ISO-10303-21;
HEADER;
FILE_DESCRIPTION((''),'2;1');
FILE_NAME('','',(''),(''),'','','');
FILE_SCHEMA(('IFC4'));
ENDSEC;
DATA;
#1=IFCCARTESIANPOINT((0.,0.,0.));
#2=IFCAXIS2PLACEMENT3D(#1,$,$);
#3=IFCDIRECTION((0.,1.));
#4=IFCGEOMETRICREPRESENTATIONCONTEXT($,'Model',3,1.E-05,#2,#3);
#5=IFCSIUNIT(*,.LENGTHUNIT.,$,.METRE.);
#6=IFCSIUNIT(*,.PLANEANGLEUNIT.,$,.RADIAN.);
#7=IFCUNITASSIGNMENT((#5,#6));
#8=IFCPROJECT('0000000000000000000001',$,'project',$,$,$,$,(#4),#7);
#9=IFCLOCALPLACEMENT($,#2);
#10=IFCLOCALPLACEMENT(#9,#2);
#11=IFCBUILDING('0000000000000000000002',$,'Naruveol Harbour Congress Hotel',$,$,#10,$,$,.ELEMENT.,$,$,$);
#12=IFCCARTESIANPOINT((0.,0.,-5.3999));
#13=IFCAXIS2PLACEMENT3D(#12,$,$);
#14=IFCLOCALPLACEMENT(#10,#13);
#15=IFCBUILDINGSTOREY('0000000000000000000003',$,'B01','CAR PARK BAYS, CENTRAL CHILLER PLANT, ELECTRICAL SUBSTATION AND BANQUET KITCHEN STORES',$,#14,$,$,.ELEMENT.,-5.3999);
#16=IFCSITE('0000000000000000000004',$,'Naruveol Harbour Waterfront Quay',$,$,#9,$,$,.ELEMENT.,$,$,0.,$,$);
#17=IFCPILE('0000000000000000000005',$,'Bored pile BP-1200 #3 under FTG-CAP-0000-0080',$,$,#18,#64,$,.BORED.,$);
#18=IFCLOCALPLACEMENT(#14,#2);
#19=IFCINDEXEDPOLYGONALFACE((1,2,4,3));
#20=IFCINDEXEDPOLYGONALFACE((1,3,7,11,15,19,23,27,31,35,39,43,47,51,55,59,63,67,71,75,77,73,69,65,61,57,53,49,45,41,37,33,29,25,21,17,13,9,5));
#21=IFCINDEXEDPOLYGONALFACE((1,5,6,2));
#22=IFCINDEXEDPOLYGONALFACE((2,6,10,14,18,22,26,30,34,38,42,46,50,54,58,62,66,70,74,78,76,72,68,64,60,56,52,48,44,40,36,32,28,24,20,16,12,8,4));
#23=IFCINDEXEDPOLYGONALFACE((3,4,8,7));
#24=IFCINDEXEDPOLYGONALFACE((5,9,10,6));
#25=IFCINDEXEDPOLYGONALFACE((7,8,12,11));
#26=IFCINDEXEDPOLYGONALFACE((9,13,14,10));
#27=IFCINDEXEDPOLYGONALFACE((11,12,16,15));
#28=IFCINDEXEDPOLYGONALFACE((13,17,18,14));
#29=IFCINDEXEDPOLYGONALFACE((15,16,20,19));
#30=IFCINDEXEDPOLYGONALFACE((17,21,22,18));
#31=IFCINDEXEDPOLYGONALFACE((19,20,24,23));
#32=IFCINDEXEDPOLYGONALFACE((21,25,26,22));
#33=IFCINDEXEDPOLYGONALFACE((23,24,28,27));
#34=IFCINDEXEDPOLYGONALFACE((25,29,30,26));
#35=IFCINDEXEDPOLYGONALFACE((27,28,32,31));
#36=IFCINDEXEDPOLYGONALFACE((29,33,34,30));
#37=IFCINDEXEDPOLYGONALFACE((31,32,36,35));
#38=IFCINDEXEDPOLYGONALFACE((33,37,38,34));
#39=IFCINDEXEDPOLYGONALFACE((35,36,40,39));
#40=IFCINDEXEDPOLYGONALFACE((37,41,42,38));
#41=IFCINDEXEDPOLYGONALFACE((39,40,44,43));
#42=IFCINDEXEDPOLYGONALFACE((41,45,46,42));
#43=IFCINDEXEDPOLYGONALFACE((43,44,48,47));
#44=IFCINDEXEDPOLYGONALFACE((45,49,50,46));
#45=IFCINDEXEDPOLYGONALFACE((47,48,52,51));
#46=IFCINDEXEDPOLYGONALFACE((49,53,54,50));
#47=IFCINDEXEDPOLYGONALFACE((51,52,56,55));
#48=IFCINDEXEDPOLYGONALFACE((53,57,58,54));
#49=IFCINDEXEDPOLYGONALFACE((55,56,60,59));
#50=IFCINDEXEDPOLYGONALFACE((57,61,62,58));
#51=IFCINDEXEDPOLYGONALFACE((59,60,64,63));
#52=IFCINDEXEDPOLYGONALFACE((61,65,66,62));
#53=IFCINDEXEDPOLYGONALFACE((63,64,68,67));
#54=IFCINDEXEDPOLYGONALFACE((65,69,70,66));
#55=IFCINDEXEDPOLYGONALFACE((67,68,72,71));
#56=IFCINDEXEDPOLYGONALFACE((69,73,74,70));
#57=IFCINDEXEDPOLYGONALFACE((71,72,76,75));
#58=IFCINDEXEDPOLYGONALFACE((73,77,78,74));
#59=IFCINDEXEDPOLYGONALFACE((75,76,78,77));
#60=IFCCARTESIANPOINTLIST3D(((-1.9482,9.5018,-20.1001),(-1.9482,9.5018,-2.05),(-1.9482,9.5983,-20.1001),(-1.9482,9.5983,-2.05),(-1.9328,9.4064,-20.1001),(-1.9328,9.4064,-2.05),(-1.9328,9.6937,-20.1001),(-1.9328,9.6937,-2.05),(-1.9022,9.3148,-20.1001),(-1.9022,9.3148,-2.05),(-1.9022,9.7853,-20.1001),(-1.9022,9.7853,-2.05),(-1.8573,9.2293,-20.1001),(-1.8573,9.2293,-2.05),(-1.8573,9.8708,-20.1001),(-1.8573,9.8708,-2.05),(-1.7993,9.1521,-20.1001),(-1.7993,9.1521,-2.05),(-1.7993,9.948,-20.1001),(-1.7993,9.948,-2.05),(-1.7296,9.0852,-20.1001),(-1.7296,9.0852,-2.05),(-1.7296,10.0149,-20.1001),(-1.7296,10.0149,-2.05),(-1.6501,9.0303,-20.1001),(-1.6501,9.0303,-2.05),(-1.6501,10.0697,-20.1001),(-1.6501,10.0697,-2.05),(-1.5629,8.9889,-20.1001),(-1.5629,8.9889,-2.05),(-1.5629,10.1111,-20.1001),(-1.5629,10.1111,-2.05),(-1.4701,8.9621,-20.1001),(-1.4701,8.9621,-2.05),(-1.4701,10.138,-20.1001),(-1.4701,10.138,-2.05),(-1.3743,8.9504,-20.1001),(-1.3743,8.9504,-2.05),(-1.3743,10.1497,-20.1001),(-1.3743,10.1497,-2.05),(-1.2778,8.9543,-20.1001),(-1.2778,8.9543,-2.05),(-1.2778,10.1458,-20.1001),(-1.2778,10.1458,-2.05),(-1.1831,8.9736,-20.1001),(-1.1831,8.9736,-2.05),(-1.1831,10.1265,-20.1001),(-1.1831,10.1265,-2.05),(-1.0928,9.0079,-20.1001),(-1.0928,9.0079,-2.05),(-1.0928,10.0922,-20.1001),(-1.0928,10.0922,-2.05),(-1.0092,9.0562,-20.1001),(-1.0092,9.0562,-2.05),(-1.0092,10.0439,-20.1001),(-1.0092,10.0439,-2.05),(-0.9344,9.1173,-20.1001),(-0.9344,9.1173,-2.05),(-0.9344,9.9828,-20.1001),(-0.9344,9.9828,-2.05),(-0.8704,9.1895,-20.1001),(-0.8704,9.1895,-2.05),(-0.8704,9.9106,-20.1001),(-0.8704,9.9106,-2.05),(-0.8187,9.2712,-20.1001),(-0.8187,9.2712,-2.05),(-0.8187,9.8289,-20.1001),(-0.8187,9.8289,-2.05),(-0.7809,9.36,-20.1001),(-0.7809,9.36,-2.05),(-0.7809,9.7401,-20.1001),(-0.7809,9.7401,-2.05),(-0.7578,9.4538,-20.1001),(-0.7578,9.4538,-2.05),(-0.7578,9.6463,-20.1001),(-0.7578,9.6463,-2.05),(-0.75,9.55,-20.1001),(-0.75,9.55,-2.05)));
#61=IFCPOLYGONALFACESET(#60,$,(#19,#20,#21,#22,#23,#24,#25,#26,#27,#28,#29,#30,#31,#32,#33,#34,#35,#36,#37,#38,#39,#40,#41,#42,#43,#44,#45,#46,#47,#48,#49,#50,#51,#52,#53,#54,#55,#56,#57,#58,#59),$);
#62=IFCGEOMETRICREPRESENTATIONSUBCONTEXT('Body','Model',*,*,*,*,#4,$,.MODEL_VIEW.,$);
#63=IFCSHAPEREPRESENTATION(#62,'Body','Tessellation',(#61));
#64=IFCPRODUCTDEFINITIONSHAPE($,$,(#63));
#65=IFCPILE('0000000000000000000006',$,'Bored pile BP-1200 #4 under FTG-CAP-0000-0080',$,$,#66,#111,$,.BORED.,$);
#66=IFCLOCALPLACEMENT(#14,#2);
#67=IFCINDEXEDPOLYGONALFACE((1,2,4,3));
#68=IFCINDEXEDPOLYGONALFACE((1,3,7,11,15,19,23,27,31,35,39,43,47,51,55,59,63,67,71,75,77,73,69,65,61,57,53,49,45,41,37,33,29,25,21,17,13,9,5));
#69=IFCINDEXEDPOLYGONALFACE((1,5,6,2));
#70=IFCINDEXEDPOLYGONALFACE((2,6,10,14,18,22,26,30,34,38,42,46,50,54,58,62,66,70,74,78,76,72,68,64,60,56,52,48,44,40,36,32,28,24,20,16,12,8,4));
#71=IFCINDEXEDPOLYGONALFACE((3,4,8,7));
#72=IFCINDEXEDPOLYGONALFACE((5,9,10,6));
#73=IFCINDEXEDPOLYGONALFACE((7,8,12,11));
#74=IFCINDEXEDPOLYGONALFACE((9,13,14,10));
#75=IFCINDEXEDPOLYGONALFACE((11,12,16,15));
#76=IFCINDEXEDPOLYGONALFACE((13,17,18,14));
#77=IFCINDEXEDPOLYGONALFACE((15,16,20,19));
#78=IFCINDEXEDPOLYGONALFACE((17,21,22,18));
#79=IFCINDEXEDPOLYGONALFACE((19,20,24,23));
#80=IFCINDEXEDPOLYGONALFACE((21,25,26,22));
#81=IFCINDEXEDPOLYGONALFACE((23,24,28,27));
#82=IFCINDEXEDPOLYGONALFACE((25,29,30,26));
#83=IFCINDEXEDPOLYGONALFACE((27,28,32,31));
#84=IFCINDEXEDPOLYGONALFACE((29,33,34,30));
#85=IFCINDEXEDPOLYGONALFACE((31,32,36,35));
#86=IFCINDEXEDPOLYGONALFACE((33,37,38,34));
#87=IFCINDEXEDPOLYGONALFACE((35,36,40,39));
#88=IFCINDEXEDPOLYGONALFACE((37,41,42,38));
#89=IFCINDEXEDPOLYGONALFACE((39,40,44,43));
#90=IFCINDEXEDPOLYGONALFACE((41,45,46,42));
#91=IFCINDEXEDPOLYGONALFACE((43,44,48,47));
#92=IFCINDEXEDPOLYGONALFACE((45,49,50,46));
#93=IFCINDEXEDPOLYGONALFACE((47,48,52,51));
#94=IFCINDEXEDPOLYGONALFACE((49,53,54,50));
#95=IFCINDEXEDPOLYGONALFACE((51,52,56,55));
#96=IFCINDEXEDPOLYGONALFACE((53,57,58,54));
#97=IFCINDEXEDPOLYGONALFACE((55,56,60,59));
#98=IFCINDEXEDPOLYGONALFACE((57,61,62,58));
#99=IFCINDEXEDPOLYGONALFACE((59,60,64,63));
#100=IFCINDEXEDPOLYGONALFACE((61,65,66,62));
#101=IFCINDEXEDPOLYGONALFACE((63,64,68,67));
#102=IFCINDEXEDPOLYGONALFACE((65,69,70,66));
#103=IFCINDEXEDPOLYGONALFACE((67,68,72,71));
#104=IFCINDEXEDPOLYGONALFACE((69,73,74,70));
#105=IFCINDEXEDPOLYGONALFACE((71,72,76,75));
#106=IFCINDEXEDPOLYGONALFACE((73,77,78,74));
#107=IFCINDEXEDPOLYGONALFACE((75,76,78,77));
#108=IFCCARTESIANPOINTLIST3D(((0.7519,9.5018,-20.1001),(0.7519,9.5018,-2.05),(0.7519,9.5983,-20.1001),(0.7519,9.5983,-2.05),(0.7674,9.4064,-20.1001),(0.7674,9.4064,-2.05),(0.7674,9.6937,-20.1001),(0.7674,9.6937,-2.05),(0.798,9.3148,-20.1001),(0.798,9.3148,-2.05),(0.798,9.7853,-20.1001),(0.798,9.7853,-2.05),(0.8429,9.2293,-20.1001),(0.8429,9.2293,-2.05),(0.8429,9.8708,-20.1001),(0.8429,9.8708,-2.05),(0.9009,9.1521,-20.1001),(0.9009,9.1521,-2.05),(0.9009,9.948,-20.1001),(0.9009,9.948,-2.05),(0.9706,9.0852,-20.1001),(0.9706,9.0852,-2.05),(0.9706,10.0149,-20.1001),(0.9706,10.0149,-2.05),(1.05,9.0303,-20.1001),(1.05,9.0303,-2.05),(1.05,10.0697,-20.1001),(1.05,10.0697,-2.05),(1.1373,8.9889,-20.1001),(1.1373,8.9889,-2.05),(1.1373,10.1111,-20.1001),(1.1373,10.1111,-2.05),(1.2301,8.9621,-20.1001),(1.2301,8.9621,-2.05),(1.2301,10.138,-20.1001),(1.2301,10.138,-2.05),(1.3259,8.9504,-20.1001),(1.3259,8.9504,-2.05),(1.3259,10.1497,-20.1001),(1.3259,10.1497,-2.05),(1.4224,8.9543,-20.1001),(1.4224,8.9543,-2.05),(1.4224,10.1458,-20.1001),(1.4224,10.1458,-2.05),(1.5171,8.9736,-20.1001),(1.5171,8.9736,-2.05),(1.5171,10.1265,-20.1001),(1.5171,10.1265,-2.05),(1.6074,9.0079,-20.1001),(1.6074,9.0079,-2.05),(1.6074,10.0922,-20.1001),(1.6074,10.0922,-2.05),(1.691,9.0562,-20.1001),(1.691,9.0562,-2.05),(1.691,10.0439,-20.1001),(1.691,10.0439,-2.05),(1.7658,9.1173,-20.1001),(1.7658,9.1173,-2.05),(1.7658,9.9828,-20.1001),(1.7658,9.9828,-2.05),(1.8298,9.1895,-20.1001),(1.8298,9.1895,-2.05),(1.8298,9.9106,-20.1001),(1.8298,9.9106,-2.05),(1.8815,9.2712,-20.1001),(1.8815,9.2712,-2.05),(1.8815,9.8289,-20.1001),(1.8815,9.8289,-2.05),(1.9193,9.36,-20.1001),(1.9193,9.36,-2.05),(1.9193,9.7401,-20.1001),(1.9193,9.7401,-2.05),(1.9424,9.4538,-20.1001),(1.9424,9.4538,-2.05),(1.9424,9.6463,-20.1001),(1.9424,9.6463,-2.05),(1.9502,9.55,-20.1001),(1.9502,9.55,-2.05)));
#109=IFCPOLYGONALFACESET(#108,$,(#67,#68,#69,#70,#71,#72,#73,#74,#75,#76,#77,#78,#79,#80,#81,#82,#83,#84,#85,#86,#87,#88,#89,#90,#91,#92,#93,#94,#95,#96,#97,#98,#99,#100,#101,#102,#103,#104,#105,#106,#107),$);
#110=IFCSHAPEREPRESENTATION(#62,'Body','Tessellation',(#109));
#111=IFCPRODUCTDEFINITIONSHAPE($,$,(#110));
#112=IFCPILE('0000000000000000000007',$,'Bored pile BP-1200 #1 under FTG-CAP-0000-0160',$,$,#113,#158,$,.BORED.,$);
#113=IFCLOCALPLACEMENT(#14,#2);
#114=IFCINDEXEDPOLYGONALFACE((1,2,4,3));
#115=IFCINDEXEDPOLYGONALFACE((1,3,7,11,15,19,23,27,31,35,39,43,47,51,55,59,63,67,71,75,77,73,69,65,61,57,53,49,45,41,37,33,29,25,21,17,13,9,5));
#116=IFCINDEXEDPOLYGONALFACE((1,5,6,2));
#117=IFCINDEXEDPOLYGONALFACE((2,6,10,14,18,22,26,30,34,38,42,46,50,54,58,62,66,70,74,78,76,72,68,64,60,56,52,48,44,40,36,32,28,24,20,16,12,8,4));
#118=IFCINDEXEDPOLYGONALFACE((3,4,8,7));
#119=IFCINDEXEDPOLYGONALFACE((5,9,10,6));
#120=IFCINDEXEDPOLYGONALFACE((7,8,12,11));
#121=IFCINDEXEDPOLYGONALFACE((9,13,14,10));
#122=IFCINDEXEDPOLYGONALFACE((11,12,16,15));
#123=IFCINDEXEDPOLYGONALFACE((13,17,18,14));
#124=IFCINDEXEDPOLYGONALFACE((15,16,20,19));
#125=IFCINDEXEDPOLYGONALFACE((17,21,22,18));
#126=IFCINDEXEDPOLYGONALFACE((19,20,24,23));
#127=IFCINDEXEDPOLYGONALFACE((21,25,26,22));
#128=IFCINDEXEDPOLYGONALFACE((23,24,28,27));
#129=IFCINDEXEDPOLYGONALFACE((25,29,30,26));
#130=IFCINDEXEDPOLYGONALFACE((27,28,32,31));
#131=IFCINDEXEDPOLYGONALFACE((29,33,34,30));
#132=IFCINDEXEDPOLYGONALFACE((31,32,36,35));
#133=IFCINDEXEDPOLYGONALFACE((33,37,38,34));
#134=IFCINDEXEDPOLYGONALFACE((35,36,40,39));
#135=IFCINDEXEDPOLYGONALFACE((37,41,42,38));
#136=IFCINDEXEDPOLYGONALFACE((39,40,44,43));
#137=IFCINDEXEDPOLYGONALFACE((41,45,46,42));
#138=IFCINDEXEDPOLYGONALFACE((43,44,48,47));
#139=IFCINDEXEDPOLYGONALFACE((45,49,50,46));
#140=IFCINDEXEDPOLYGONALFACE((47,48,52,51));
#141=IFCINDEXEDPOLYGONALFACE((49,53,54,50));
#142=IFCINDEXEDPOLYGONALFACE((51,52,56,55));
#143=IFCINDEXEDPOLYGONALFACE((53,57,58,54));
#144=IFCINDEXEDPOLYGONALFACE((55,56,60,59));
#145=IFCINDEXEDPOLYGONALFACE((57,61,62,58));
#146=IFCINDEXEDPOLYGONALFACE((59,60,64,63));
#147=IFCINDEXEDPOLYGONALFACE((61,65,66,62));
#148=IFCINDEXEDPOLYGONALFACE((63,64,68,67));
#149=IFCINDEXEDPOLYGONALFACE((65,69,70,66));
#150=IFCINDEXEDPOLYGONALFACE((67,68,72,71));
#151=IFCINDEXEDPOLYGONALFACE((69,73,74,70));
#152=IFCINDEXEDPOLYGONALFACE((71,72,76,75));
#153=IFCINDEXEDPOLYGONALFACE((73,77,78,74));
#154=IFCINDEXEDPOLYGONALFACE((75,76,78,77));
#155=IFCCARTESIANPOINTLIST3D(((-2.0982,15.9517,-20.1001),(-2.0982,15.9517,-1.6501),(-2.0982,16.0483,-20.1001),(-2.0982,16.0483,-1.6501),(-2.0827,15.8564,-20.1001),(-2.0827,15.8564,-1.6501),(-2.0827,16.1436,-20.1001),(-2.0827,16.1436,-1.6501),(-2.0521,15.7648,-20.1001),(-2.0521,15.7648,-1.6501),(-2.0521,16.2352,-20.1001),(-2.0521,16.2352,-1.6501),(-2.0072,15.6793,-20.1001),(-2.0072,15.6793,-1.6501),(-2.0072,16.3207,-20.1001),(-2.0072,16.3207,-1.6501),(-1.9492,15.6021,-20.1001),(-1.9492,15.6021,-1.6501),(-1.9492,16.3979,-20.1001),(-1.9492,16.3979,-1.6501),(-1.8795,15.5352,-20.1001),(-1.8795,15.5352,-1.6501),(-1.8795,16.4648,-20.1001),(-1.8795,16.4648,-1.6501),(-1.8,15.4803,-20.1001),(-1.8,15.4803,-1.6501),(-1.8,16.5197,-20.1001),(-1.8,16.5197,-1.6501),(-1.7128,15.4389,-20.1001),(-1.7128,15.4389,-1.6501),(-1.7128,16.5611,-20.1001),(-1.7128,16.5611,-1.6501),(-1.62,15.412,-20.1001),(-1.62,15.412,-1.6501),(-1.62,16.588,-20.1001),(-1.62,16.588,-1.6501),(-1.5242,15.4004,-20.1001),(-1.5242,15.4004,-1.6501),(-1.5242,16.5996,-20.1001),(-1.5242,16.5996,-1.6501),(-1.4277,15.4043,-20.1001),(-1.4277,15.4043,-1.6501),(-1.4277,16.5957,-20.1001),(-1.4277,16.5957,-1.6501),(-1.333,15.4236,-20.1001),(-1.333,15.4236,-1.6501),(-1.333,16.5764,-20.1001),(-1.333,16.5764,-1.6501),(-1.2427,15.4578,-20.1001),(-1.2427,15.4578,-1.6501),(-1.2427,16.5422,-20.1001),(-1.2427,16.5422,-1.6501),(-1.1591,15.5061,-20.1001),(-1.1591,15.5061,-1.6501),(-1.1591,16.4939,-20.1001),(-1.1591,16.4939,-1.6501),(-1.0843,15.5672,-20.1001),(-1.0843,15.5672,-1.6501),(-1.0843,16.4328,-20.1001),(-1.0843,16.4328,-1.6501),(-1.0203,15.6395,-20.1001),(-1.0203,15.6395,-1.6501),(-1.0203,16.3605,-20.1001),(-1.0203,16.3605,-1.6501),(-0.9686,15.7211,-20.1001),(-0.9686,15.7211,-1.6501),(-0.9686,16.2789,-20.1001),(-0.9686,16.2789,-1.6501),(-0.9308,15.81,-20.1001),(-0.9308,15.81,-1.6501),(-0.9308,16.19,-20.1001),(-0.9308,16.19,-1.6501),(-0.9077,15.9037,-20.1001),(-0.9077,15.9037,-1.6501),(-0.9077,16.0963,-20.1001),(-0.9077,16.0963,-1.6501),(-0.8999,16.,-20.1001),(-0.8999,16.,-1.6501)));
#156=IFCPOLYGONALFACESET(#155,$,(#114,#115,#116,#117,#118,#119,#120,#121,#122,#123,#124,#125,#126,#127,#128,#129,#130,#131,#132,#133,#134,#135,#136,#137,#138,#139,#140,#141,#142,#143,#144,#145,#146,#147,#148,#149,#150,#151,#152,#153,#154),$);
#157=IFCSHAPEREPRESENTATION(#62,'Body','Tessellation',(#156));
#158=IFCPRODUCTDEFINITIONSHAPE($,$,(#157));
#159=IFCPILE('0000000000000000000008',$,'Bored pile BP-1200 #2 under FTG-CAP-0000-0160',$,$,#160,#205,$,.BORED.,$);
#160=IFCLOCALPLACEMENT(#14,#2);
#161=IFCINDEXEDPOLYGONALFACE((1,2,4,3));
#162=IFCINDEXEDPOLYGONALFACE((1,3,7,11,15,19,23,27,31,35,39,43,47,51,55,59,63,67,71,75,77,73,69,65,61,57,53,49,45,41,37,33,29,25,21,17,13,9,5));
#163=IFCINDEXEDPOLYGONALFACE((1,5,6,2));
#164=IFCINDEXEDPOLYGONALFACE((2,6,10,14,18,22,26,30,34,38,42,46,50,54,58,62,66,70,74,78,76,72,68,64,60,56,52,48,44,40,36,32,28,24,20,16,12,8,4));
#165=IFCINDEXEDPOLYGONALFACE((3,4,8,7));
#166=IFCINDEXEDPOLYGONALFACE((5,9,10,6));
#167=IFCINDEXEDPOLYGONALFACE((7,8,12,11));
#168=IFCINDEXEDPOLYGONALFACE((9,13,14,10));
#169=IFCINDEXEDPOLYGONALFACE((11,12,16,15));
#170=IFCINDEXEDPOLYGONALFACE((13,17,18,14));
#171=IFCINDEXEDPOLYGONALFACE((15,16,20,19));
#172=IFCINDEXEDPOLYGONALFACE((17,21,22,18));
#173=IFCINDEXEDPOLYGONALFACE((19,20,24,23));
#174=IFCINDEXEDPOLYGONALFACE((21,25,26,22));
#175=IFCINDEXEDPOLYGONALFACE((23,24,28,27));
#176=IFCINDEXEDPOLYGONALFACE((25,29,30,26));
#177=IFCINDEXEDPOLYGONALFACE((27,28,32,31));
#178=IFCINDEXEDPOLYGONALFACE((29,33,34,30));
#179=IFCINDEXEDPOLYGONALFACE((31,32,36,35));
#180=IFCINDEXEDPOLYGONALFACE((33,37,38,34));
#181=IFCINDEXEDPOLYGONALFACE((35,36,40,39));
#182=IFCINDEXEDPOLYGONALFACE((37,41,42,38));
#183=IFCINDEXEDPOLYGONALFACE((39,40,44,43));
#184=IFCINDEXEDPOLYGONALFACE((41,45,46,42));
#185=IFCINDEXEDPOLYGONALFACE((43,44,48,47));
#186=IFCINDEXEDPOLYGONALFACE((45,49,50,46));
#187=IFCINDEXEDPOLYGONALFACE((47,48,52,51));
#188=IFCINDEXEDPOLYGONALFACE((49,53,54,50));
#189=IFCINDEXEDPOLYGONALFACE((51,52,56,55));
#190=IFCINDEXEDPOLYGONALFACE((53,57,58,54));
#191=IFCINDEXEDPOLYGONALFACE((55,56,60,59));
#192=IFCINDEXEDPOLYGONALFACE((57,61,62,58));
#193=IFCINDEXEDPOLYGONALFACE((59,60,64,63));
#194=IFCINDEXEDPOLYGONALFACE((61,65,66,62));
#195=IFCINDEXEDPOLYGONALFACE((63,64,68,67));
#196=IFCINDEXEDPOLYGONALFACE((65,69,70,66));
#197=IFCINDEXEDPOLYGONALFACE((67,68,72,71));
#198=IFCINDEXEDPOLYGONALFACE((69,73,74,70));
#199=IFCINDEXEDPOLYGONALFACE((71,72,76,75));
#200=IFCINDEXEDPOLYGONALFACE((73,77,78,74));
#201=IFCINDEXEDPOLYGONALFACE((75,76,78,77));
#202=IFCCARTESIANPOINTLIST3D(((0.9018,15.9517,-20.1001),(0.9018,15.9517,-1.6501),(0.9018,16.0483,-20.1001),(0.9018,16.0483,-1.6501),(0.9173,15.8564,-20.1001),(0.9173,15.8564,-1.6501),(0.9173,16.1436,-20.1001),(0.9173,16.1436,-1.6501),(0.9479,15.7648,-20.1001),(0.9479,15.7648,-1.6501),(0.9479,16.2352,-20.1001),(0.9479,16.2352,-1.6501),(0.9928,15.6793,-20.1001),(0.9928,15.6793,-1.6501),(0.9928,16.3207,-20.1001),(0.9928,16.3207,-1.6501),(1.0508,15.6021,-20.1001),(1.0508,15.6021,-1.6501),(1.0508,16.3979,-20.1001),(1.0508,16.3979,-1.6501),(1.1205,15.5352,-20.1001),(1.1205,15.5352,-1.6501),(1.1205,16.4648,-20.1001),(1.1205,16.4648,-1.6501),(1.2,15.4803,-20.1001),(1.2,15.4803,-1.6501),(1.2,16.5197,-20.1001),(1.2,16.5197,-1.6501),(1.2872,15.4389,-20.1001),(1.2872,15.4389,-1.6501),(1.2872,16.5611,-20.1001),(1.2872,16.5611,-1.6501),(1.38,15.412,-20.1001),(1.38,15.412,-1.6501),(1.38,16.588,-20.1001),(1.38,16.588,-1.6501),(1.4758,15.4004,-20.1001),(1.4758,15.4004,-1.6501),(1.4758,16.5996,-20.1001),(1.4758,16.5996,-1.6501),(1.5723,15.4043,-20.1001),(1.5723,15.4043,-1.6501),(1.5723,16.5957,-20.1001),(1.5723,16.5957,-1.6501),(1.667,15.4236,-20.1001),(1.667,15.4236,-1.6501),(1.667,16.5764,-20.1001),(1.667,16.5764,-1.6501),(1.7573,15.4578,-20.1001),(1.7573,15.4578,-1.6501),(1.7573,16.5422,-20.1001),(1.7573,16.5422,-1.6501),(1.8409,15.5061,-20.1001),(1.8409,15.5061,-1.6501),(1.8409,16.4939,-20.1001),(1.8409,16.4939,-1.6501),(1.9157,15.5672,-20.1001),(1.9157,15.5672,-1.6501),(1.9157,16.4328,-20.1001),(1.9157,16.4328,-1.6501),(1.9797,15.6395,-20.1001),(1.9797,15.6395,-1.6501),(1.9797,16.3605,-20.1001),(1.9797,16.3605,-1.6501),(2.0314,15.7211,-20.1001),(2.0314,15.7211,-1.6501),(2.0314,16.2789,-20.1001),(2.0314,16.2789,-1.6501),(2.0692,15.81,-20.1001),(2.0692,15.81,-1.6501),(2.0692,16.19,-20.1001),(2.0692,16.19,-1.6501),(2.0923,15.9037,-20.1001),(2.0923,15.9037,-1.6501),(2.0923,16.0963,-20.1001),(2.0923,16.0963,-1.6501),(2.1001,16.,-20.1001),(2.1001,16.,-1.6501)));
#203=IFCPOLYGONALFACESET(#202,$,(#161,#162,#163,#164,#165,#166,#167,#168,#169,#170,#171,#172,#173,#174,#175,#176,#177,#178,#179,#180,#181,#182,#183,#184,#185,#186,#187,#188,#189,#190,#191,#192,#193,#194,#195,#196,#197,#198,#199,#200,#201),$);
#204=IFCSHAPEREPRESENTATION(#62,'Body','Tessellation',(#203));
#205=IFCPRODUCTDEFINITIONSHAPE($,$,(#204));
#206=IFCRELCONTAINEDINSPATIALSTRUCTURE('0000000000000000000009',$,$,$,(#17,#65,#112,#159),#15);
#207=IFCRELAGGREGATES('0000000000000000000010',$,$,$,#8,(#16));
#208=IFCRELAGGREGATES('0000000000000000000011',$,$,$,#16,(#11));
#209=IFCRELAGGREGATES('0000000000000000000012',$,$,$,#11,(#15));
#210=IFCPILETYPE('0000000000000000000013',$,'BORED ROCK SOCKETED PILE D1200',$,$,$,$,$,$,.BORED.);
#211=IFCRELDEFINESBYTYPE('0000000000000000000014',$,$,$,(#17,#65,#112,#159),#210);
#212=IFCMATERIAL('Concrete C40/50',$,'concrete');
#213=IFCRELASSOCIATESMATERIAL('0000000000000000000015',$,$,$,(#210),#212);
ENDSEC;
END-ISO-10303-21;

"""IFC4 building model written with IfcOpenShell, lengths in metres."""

from ifc_helpers import new_model, si_unit, direction, frame, origin, origin_2d, place, context, subcontext, project, spatial, circle, extrude, material, material_profile, profile_set, type_object, element, save


model = new_model("IFC4")

# Units and contexts
model_context = context("Model", 3, precision=1e-05, world=origin(), true_north=direction((0.0, 1.0)))
body_context = subcontext(model_context, "Body", "Model", "MODEL_VIEW")
ifc_project = project(units=[si_unit("LENGTHUNIT", "METRE"), si_unit("PLANEANGLEUNIT", "RADIAN")], contexts=[model_context])

# Site, building, storey
site_placement = place(None, origin())
site = spatial("IfcSite", under=ifc_project, at=site_placement, Name="Naruveol Harbour Waterfront Quay", CompositionType="ELEMENT", RefElevation=0.0)
building_placement = place(site_placement, origin())
building = spatial("IfcBuilding", under=site, at=building_placement, Name="Naruveol Harbour Congress Hotel", CompositionType="ELEMENT")
storey_placement = place(building_placement, frame((0.0, 0.0, -5.3999)))
storey = spatial("IfcBuildingStorey", under=building, at=storey_placement, Name="B01", Description="CAR PARK BAYS, CENTRAL CHILLER PLANT, ELECTRICAL SUBSTATION AND BANQUET KITCHEN STORES", CompositionType="ELEMENT", Elevation=-5.3999)

# Piles
ifc_material_1 = material(Name="Concrete C40/50", Category="concrete")
ifc_material_profile_1 = material_profile(ifc_material_1, circle(Radius=0.6001, at=origin_2d()), Name="BP-1200")
ifc_profile_set_1 = profile_set([ifc_material_profile_1], Name="Concrete C40/50")
pile_type = type_object("IfcPileType", Name="BORED ROCK SOCKETED PILE D1200", PredefinedType="BORED", material=ifc_profile_set_1)
for number, where, z_axis, x_axis, name in (
    (1, (-1.3501, 9.55, -2.05), (0.0, 0.0, -1.0), (1.0, 0.0, 0.0), "Bored pile BP-1200 #3 under FTG-CAP-0000-0080"),
    (2, (1.3501, 9.55, -2.05), (0.0, 0.0, -1.0), (1.0, 0.0, 0.0), "Bored pile BP-1200 #4 under FTG-CAP-0000-0080"),
):
    element("IfcPile", number, at=place(storey_placement, frame(where, z_axis=z_axis, x_axis=x_axis)), inside=storey, type_object=pile_type, Name=name, PredefinedType="BORED", context=body_context, shape_type="SweptSolid", body=[
        extrude(circle(Radius=0.6001, at=origin_2d()), origin(), (0.0, 0.0, 1.0), 18.05),
    ])
for number, where, z_axis, x_axis, name in (
    (3, (-1.5, 16.0, -1.6501), (0.0, 0.0, -1.0), (1.0, 0.0, 0.0), "Bored pile BP-1200 #1 under FTG-CAP-0000-0160"),
    (4, (1.5, 16.0, -1.6501), (0.0, 0.0, -1.0), (1.0, 0.0, 0.0), "Bored pile BP-1200 #2 under FTG-CAP-0000-0160"),
):
    element("IfcPile", number, at=place(storey_placement, frame(where, z_axis=z_axis, x_axis=x_axis)), inside=storey, type_object=pile_type, Name=name, PredefinedType="BORED", context=body_context, shape_type="SweptSolid", body=[
        extrude(circle(Radius=0.6001, at=origin_2d()), origin(), (0.0, 0.0, 1.0), 18.45),
    ])

save(model, "model.ifc")
